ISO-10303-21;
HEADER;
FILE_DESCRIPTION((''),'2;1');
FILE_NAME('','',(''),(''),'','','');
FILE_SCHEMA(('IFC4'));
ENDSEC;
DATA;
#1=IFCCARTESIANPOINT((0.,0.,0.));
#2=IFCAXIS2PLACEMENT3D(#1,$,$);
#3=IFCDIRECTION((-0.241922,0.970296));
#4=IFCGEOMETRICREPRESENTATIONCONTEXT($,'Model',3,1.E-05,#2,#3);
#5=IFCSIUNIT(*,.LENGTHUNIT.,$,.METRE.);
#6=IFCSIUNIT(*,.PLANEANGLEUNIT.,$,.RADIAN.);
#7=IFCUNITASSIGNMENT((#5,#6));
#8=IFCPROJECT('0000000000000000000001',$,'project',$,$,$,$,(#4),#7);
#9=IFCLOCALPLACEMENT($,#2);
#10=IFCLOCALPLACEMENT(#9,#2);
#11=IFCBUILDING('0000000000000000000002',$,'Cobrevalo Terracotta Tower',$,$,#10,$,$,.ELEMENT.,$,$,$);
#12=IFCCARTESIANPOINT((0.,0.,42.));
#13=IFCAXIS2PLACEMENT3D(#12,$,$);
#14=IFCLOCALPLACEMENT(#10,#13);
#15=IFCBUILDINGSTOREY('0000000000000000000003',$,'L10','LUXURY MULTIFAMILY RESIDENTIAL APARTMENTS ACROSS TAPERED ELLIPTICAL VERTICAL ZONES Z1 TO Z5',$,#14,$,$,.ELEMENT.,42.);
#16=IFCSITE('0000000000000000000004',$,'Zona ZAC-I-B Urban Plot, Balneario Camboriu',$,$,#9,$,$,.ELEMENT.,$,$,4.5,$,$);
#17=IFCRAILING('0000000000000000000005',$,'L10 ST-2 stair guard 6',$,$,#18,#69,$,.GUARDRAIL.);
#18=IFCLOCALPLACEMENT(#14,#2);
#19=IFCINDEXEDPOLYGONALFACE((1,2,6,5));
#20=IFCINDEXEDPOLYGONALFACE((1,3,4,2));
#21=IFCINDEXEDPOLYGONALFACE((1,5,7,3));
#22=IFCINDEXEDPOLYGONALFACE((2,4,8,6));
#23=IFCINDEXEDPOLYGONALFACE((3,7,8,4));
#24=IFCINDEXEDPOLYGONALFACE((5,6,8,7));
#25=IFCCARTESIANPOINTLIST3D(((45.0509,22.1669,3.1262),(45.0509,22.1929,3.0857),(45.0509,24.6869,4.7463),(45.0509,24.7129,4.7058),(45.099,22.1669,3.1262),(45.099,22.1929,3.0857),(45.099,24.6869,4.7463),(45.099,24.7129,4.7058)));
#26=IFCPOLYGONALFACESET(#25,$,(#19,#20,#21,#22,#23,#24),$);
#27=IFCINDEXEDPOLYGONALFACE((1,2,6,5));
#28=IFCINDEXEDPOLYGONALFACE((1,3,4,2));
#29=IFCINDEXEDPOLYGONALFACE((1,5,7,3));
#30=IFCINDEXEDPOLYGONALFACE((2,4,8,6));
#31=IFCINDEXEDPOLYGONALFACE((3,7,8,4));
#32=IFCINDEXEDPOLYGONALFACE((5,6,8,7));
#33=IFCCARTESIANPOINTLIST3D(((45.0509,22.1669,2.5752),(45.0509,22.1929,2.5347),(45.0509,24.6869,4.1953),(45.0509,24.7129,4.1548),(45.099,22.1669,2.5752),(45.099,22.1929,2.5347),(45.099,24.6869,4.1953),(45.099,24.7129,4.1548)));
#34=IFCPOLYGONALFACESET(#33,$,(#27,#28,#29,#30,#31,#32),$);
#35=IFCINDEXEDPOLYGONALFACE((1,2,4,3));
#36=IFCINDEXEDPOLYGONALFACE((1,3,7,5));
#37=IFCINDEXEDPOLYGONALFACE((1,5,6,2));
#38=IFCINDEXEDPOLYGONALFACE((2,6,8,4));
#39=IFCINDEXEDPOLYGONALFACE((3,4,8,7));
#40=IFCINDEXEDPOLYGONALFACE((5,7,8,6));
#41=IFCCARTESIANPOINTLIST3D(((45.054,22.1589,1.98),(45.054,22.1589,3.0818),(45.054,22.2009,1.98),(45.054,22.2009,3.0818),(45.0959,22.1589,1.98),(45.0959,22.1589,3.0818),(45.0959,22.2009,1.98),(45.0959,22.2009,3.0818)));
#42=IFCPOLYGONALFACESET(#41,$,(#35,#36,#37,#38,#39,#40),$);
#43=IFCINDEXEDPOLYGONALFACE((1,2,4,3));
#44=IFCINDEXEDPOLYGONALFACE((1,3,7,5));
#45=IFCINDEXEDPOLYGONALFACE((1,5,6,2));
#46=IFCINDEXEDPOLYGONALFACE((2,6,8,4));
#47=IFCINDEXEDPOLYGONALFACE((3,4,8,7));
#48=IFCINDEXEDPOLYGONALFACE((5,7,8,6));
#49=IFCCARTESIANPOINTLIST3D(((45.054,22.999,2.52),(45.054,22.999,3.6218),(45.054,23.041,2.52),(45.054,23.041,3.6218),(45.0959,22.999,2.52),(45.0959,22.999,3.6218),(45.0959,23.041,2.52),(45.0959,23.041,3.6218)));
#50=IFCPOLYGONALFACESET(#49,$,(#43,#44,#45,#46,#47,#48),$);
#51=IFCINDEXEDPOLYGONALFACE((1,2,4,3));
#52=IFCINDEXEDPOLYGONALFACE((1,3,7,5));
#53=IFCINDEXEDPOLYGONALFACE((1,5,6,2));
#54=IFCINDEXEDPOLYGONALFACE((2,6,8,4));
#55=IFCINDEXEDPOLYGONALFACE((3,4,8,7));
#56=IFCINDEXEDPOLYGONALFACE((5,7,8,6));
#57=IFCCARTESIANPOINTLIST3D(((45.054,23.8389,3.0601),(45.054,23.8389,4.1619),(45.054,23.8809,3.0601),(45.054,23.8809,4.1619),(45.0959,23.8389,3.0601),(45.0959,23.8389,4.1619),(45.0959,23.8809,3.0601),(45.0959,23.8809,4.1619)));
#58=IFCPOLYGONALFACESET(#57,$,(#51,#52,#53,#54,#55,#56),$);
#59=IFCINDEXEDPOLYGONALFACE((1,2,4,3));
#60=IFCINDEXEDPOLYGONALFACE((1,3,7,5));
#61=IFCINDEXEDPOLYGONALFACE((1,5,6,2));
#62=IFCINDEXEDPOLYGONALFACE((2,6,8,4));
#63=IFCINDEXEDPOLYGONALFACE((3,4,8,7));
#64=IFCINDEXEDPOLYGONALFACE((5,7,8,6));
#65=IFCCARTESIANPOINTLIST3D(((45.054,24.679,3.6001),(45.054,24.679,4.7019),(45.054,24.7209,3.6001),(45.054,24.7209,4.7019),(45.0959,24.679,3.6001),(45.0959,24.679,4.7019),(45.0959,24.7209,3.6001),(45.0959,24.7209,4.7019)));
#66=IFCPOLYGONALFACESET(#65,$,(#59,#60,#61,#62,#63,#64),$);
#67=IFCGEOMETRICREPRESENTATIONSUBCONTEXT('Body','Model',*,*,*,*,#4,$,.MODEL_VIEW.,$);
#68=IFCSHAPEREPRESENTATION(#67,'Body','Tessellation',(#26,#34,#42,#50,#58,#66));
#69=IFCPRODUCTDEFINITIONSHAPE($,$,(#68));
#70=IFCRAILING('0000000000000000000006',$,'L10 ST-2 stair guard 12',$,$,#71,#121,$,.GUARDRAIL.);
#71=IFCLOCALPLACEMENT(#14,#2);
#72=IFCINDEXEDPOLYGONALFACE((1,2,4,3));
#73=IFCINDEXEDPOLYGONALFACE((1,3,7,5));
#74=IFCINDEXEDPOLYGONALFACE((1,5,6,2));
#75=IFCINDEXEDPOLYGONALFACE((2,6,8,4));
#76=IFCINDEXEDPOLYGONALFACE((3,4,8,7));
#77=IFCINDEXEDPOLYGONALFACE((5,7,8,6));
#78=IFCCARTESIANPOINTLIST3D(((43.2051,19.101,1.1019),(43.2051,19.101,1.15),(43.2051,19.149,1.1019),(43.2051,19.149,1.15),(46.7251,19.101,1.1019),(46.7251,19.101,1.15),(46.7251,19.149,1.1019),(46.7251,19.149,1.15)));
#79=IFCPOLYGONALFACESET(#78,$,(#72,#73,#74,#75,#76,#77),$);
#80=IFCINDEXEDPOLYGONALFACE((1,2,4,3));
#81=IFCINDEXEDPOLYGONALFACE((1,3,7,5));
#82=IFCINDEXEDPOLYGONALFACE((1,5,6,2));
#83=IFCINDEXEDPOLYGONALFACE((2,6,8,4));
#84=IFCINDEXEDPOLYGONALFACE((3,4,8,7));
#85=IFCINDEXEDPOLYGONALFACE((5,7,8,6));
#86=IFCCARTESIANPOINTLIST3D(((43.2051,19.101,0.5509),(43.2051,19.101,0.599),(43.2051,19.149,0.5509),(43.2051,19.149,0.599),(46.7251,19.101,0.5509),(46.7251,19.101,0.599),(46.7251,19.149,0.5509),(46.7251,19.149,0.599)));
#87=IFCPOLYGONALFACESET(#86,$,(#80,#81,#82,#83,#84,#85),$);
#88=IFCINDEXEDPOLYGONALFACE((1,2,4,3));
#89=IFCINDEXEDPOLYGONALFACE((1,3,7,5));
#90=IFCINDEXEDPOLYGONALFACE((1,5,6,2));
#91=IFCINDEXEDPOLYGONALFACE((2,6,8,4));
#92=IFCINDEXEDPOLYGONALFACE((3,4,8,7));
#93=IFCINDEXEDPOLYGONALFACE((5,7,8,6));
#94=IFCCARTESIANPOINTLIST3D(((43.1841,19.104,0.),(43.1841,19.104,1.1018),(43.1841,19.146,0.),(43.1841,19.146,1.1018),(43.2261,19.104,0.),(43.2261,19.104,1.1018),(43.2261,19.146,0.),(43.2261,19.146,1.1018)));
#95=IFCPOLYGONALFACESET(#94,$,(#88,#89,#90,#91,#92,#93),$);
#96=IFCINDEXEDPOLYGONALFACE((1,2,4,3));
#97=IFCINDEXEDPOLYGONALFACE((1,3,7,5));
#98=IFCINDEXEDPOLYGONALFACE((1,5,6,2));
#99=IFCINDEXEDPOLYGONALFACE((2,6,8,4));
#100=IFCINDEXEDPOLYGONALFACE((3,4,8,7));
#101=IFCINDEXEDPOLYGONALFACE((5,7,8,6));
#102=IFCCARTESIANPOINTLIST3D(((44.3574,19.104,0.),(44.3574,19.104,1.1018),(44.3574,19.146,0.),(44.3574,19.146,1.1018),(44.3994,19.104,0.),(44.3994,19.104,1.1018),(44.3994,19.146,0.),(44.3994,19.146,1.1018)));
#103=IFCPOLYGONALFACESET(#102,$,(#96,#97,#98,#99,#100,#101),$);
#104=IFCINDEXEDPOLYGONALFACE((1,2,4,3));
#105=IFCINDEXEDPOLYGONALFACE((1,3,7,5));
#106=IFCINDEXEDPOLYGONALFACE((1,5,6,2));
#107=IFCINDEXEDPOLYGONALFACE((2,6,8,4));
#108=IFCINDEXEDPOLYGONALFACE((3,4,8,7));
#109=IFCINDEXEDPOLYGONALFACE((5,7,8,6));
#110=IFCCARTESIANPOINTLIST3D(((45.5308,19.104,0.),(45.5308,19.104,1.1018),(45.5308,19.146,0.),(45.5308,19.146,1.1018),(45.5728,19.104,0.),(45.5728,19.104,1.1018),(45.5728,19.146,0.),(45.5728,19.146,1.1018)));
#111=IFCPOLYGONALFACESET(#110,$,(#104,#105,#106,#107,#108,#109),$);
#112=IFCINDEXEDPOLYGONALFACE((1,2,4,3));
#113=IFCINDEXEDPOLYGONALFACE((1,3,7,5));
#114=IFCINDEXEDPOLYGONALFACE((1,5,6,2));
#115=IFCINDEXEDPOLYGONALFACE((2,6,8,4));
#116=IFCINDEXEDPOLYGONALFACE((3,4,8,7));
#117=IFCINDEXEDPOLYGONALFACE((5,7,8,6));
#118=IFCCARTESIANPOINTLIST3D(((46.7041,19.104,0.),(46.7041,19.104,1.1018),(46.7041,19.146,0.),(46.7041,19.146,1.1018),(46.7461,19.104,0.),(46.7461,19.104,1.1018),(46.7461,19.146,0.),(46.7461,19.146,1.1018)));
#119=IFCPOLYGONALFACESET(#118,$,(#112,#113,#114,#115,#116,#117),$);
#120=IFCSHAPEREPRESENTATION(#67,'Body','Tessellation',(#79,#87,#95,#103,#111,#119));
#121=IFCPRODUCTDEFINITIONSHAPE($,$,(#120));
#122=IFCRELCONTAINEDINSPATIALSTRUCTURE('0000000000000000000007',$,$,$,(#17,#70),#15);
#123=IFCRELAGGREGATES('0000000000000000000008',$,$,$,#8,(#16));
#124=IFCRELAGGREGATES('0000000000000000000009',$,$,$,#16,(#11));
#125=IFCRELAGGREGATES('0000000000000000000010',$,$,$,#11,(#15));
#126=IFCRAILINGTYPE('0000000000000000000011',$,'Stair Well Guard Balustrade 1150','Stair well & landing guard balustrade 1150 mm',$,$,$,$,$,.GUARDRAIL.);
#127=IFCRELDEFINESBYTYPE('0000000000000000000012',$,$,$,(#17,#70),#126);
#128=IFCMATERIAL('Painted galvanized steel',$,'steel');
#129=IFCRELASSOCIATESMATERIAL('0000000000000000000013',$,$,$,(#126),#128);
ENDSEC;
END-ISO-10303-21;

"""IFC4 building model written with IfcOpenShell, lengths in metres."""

from ifc_helpers import new_model, si_unit, direction, frame, origin, origin_2d, place, context, subcontext, project, spatial, rectangle, extrude, material, type_object, element, save


model = new_model("IFC4")

# Units and contexts
model_context = context("Model", 3, precision=1e-05, world=origin(), true_north=direction((-0.241922, 0.970296)))
body_context = subcontext(model_context, "Body", "Model", "MODEL_VIEW")
ifc_project = project(units=[si_unit("LENGTHUNIT", "METRE"), si_unit("PLANEANGLEUNIT", "RADIAN")], contexts=[model_context])

# Site, building, storey
site_placement = place(None, origin())
site = spatial("IfcSite", under=ifc_project, at=site_placement, Name="Zona ZAC-I-B Urban Plot, Balneario Camboriu", CompositionType="ELEMENT", RefElevation=4.5)
building_placement = place(site_placement, origin())
building = spatial("IfcBuilding", under=site, at=building_placement, Name="Cobrevalo Terracotta Tower", CompositionType="ELEMENT")
storey_placement = place(building_placement, frame((0.0, 0.0, 42.0)))
storey = spatial("IfcBuildingStorey", under=building, at=storey_placement, Name="L10", Description="LUXURY MULTIFAMILY RESIDENTIAL APARTMENTS ACROSS TAPERED ELLIPTICAL VERTICAL ZONES Z1 TO Z5", CompositionType="ELEMENT", Elevation=42.0)

# Railings
ifc_material_1 = material(Name="Painted galvanized steel", Category="steel")
railing_type_1 = type_object("IfcRailingType", Name="Stair Well Guard Balustrade 1150", Description="Stair well & landing guard balustrade 1150 mm", PredefinedType="GUARDRAIL", material=ifc_material_1)
railing_1_placement = place(storey_placement, frame((45.075, 22.1799, 1.98)))
element("IfcRailing", 1, at=railing_1_placement, inside=storey, type_object=railing_type_1, Name="L10 ST-2 stair guard 6", PredefinedType="GUARDRAIL", context=body_context, shape_type="SweptSolid", body=[
    extrude(rectangle(XDim=0.0481, YDim=0.0481, at=origin_2d()), frame((0.0, 0.0, 1.126), z_axis=(0.0, 0.841163, 0.540782), x_axis=(-1.0, 0.0, 0.0)), (0.0, 0.0, 1.0), 2.9958),
    extrude(rectangle(XDim=0.0481, YDim=0.0481, at=origin_2d()), frame((0.0, 0.0, 0.575), z_axis=(0.0, 0.841163, 0.540782), x_axis=(-1.0, 0.0, 0.0)), (0.0, 0.0, 1.0), 2.9958),
    extrude(rectangle(XDim=0.042, YDim=0.042, at=origin_2d()), origin(), (0.0, 0.0, 1.0), 1.1018),
    extrude(rectangle(XDim=0.042, YDim=0.042, at=origin_2d()), frame((0.0, 0.8401, 0.54)), (0.0, 0.0, 1.0), 1.1018),
    extrude(rectangle(XDim=0.042, YDim=0.042, at=origin_2d()), frame((0.0, 1.6799, 1.0801)), (0.0, 0.0, 1.0), 1.1018),
    extrude(rectangle(XDim=0.042, YDim=0.042, at=origin_2d()), frame((0.0, 2.52, 1.6201)), (0.0, 0.0, 1.0), 1.1018),
])
railing_2_placement = place(storey_placement, frame((43.2051, 19.125, 0.0)))
element("IfcRailing", 2, at=railing_2_placement, inside=storey, type_object=railing_type_1, Name="L10 ST-2 stair guard 12", PredefinedType="GUARDRAIL", context=body_context, shape_type="SweptSolid", body=[
    extrude(rectangle(XDim=0.0481, YDim=0.0481, at=origin_2d()), frame((0.0, 0.0, 1.126), z_axis=(1.0, 0.0, 0.0), x_axis=(0.0, 1.0, 0.0)), (0.0, 0.0, 1.0), 3.52),
    extrude(rectangle(XDim=0.0481, YDim=0.0481, at=origin_2d()), frame((0.0, 0.0, 0.575), z_axis=(1.0, 0.0, 0.0), x_axis=(0.0, 1.0, 0.0)), (0.0, 0.0, 1.0), 3.52),
    extrude(rectangle(XDim=0.042, YDim=0.042, at=origin_2d()), origin(), (0.0, 0.0, 1.0), 1.1018),
    extrude(rectangle(XDim=0.042, YDim=0.042, at=origin_2d()), frame((1.1733, 0.0, 0.0)), (0.0, 0.0, 1.0), 1.1018),
    extrude(rectangle(XDim=0.042, YDim=0.042, at=origin_2d()), frame((2.3467, 0.0, 0.0)), (0.0, 0.0, 1.0), 1.1018),
    extrude(rectangle(XDim=0.042, YDim=0.042, at=origin_2d()), frame((3.52, 0.0, 0.0)), (0.0, 0.0, 1.0), 1.1018),
])

save(model, "model.ifc")
